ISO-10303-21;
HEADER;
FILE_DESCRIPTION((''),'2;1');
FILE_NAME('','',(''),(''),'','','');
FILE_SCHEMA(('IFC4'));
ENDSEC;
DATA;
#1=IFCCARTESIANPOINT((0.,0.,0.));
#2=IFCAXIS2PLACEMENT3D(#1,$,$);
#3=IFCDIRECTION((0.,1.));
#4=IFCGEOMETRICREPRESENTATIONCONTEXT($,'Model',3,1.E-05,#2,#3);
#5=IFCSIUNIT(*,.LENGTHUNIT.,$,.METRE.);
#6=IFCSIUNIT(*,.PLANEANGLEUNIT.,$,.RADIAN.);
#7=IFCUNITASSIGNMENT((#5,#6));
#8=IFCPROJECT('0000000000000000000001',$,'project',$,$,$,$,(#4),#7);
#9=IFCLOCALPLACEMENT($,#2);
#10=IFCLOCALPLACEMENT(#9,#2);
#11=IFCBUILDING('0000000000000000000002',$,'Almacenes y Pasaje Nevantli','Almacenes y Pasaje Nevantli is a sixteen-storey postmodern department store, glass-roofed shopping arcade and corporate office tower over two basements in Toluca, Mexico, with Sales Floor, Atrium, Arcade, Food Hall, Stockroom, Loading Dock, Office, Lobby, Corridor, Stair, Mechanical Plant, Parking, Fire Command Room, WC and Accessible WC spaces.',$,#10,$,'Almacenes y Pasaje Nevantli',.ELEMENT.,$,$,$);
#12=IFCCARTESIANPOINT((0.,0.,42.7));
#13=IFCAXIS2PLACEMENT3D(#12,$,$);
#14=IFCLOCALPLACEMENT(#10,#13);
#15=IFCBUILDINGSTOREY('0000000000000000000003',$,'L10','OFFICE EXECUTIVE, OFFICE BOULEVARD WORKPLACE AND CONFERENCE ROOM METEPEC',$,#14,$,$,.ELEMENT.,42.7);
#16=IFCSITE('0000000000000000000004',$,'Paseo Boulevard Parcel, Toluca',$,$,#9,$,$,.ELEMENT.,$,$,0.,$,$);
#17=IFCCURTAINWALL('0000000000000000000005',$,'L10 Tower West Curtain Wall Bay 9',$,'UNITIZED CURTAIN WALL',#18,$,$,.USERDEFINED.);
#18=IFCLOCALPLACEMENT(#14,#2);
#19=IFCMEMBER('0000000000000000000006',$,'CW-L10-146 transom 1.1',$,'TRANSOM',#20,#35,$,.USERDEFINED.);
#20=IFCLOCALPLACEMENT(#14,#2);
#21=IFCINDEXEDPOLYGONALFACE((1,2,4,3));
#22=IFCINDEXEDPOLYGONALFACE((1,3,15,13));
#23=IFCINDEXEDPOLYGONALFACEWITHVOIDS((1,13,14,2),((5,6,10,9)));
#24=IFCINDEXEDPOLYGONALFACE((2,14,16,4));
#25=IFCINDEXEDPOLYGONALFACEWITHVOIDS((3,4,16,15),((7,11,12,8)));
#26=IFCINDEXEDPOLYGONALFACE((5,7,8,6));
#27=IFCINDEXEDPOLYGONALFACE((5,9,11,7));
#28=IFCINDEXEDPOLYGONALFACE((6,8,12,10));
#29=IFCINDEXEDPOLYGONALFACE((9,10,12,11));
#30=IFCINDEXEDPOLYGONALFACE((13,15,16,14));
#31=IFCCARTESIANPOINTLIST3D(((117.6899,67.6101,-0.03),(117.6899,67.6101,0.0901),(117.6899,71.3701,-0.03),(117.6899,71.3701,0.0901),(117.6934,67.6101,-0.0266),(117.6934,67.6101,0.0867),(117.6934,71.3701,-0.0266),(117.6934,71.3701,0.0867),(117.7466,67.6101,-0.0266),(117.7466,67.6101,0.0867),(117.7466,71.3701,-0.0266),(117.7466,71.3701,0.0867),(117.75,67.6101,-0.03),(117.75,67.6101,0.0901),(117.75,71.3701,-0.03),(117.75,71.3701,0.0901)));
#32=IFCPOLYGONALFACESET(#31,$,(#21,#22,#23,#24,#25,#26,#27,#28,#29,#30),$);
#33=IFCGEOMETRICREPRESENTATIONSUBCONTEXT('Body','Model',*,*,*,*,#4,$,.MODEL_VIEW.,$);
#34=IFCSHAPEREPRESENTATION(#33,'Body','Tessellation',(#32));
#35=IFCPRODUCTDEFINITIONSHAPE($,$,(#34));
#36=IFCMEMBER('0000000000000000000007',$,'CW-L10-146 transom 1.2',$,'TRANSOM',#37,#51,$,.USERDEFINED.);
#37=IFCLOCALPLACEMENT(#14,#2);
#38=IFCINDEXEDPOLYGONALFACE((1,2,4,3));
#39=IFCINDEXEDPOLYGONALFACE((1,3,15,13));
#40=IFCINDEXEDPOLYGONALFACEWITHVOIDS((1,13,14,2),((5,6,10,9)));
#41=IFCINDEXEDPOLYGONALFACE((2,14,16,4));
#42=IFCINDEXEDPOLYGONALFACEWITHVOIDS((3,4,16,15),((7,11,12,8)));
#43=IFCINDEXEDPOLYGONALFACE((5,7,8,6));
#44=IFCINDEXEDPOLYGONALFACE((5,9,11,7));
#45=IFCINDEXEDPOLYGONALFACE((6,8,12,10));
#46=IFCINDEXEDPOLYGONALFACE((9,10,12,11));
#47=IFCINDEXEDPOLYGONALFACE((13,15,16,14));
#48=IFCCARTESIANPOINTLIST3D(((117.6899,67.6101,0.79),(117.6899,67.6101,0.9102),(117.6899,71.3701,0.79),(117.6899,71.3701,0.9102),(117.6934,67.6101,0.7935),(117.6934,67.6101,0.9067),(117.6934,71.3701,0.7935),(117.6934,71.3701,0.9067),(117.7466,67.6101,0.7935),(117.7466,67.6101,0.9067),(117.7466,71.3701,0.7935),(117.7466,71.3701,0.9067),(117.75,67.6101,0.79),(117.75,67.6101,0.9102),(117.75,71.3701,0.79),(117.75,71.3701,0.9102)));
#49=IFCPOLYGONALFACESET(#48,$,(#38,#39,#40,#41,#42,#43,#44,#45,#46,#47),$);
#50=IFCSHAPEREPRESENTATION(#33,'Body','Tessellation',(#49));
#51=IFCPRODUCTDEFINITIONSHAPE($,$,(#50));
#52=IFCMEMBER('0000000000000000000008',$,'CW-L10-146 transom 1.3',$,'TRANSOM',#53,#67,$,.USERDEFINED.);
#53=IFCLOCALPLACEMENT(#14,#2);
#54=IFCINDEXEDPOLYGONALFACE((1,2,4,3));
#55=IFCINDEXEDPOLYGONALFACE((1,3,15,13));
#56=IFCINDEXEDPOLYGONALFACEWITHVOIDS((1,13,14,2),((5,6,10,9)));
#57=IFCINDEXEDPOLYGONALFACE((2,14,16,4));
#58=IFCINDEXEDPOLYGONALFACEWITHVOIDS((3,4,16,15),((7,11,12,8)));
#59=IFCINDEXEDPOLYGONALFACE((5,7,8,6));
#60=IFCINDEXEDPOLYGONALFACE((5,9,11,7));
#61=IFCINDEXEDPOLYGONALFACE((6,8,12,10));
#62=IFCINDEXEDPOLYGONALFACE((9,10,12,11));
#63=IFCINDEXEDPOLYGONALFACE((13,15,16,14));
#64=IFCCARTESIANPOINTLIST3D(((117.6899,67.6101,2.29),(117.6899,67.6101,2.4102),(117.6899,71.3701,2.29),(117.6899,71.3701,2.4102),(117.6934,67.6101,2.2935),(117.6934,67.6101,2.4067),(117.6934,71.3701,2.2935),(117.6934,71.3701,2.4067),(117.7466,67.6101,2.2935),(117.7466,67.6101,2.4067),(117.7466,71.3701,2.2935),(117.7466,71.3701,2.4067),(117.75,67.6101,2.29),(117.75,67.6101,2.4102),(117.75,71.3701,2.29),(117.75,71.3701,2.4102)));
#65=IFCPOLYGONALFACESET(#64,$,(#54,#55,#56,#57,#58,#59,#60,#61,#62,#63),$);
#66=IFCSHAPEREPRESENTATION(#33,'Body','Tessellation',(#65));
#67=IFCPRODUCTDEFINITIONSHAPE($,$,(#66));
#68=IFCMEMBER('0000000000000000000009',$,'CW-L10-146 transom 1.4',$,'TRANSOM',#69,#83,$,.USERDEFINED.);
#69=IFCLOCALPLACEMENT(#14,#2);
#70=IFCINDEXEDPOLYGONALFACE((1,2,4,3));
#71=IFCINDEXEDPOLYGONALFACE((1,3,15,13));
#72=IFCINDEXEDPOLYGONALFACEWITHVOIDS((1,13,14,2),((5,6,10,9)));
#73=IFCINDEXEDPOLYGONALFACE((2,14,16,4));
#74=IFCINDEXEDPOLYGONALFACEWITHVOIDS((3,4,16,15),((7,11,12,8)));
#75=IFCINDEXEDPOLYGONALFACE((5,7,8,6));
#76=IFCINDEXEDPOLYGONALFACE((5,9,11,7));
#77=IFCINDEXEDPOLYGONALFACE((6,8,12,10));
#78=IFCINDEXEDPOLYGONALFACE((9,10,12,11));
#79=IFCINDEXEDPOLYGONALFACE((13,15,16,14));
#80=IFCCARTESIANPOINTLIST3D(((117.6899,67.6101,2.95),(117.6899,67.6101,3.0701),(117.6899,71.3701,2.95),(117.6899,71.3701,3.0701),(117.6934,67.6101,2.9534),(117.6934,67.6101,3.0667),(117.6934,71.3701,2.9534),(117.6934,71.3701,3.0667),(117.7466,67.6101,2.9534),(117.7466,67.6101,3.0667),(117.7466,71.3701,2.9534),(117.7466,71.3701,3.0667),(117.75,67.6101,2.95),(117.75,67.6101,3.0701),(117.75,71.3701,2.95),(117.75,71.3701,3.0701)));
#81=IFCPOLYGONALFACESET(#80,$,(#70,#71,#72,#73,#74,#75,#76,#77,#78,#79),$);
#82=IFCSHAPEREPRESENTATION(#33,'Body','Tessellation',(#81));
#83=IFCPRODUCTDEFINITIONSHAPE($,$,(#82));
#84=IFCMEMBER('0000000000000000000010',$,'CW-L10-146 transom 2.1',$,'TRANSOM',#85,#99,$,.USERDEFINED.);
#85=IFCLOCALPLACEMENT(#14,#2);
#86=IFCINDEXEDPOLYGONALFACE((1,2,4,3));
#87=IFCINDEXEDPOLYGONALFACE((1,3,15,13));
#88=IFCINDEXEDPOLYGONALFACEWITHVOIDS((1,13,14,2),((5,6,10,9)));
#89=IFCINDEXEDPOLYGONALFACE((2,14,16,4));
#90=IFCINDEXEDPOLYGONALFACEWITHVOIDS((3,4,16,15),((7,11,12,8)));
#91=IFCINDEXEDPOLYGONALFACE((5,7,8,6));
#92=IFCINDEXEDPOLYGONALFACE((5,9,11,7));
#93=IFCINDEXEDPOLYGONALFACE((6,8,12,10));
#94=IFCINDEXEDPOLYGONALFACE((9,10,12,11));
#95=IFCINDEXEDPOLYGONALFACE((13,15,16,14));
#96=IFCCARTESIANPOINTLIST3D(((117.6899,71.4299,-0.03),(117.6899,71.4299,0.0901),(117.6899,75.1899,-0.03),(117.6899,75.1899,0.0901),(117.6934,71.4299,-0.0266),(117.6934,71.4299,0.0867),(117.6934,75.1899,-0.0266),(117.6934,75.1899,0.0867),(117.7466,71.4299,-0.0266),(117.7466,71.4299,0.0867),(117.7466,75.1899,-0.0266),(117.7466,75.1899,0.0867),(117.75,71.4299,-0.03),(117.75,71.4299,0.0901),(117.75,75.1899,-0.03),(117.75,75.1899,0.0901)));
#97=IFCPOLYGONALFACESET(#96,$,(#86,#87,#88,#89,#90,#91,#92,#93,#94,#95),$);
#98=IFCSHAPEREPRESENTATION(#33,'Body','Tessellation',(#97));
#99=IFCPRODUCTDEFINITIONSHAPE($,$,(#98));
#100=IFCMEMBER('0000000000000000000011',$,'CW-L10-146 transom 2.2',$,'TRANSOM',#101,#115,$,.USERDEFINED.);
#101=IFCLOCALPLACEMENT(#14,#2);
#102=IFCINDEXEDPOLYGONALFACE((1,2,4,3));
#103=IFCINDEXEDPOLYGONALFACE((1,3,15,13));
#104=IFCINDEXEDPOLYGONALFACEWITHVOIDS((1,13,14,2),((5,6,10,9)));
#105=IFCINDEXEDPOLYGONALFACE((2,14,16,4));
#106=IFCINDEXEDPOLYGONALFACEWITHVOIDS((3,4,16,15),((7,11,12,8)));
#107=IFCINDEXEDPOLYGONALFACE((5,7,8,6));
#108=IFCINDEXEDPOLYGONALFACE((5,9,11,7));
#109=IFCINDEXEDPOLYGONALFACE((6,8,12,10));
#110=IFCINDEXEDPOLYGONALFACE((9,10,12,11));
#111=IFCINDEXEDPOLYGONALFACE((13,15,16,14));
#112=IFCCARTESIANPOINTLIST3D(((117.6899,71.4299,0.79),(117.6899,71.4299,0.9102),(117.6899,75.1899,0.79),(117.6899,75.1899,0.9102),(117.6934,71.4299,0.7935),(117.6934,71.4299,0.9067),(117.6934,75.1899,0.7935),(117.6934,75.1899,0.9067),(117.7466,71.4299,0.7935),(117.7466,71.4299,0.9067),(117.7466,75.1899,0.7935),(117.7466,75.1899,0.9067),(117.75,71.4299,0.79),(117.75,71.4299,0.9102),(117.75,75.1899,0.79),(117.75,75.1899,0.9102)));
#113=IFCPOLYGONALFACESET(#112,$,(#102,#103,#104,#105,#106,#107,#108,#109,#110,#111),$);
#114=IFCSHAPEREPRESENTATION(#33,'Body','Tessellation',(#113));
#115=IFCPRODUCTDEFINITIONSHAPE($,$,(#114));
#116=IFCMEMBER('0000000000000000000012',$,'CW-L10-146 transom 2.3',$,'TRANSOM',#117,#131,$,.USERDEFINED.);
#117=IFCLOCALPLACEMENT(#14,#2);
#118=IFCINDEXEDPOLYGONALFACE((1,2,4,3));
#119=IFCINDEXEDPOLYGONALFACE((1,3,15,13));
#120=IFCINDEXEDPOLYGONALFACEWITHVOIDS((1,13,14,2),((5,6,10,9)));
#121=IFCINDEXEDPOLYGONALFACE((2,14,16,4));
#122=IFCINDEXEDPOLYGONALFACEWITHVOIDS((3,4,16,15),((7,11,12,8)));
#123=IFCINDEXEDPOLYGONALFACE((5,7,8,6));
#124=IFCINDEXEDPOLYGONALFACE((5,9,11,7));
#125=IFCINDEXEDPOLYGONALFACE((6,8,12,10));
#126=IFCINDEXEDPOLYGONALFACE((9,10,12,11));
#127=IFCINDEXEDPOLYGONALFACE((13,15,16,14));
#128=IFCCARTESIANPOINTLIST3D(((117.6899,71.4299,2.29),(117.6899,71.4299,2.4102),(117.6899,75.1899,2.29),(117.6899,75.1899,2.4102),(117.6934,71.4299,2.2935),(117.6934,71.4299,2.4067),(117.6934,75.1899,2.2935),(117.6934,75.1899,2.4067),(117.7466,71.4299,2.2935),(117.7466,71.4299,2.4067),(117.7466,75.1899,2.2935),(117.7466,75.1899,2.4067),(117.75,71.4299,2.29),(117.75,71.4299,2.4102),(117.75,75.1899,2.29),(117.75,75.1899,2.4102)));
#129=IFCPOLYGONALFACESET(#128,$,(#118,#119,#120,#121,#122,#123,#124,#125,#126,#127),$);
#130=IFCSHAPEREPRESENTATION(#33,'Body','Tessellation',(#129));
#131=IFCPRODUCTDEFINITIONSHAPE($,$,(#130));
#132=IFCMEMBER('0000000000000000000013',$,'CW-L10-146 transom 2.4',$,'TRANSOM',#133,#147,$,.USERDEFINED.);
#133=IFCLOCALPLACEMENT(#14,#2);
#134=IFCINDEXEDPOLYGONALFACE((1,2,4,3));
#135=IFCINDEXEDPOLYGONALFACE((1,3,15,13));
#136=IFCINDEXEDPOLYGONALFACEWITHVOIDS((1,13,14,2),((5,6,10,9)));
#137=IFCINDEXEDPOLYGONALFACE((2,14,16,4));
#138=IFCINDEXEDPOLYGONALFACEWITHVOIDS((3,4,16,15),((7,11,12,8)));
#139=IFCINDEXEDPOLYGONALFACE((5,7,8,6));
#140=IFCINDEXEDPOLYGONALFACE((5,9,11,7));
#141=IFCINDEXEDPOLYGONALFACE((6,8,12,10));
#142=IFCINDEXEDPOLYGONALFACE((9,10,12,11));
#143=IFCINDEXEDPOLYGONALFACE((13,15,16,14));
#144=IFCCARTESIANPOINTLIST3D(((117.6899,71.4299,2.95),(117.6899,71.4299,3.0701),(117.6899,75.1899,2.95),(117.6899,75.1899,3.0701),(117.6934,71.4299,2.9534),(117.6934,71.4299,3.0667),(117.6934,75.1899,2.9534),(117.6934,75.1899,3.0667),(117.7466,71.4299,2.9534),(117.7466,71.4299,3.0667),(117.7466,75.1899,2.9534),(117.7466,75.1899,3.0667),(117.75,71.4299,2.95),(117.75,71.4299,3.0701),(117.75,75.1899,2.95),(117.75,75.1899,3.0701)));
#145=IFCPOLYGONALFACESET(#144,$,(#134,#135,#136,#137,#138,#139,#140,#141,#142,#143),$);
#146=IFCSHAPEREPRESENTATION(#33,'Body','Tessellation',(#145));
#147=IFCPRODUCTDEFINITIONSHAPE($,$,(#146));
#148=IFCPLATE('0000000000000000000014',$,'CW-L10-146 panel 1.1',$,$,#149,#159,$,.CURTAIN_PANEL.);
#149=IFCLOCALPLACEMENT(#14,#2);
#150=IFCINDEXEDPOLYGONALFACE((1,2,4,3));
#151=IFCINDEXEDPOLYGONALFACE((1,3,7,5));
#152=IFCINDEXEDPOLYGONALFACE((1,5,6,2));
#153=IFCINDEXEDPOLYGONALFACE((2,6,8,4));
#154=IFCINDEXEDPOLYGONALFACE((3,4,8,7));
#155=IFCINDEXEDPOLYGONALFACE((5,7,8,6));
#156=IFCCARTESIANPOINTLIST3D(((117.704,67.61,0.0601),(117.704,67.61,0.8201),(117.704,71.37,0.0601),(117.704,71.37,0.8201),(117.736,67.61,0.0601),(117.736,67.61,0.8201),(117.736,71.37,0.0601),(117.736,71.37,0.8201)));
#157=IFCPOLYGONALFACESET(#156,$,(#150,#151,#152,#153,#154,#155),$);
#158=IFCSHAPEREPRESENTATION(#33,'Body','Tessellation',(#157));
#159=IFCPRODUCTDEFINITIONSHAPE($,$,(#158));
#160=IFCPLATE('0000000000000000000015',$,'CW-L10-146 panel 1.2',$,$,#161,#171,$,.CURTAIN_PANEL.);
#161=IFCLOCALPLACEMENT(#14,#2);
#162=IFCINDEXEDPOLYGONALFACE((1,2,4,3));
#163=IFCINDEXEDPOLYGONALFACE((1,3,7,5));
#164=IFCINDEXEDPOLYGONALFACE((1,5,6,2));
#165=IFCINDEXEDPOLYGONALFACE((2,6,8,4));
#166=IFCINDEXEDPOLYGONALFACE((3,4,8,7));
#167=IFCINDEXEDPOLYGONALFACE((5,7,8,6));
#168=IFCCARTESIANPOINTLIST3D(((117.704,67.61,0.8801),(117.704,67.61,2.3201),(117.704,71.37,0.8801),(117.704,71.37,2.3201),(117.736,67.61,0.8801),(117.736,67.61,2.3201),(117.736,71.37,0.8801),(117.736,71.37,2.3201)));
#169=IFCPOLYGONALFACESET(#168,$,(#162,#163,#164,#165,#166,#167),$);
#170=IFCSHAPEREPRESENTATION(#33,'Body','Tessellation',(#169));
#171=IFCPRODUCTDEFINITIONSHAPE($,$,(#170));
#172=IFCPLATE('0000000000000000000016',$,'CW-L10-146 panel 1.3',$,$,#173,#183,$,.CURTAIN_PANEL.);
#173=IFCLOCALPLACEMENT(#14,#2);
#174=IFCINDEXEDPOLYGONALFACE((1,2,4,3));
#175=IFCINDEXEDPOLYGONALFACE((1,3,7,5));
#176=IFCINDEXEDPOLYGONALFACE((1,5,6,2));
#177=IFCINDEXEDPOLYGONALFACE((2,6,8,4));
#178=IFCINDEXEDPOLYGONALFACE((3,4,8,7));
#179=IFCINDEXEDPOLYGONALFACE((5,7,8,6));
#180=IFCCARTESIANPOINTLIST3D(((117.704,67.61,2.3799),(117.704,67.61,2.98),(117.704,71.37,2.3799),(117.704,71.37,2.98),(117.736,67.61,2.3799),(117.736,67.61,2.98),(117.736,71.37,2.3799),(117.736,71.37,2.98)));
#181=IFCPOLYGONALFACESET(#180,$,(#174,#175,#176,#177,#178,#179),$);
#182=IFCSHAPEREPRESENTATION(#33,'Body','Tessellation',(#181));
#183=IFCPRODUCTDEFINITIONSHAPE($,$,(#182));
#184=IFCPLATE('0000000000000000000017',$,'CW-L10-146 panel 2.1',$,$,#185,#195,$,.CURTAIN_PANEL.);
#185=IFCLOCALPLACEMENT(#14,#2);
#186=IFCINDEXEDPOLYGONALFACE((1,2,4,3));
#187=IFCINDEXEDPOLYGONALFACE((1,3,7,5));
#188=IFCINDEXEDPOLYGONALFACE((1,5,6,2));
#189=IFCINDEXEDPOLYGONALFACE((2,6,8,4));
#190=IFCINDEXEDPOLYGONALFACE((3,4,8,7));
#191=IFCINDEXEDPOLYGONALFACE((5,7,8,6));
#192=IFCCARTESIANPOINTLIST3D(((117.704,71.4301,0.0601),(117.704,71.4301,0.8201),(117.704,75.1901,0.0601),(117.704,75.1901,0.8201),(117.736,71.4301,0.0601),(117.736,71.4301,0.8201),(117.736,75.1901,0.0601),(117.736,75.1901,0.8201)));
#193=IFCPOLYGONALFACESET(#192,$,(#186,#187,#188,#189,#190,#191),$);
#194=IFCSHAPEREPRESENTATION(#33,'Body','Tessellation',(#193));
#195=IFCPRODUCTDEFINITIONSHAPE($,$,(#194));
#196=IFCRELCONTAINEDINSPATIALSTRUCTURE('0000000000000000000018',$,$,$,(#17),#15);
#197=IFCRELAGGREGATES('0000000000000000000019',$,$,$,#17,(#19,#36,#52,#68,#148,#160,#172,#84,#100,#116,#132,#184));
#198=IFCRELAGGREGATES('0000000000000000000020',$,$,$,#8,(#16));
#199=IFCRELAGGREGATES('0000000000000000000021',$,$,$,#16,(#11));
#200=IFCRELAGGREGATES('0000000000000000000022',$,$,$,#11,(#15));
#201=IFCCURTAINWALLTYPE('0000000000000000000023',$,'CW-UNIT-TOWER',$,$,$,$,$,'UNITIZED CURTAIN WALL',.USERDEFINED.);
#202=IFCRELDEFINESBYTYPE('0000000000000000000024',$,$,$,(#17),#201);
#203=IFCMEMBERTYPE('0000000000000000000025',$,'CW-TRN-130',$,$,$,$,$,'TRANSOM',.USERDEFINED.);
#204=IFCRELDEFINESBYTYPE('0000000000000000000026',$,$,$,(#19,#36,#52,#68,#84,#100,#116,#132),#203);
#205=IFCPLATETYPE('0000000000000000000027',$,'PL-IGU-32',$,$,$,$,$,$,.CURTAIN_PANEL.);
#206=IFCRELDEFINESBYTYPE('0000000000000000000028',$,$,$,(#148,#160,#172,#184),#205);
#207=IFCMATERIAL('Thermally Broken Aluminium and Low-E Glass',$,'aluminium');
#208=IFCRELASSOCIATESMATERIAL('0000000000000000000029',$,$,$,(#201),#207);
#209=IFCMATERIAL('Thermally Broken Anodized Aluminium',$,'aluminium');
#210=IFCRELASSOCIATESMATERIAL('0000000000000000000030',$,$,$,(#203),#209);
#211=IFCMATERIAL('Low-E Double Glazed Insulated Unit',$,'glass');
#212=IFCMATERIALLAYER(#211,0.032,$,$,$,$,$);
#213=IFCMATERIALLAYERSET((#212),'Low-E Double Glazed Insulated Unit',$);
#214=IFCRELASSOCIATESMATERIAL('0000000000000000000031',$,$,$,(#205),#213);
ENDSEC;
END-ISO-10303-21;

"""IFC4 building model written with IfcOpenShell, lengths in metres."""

from ifc_helpers import new_model, si_unit, direction, frame, origin, origin_2d, place, context, subcontext, project, spatial, rectangle, hollow_rectangle, extrude, material, layer, layer_set, material_profile, profile_set, type_object, element, aggregate, save


model = new_model("IFC4")

# Units and contexts
model_context = context("Model", 3, precision=1e-05, world=origin(), true_north=direction((0.0, 1.0)))
body_context = subcontext(model_context, "Body", "Model", "MODEL_VIEW")
ifc_project = project(units=[si_unit("LENGTHUNIT", "METRE"), si_unit("PLANEANGLEUNIT", "RADIAN")], contexts=[model_context])

# Site, building, storey
site_placement = place(None, origin())
site = spatial("IfcSite", under=ifc_project, at=site_placement, Name="Paseo Boulevard Parcel, Toluca", CompositionType="ELEMENT", RefElevation=0.0)
building_placement = place(site_placement, origin())
building = spatial("IfcBuilding", under=site, at=building_placement, Name="Almacenes y Pasaje Nevantli", Description="Almacenes y Pasaje Nevantli is a sixteen-storey postmodern department store, glass-roofed shopping arcade and corporate office tower over two basements in Toluca, Mexico, with Sales Floor, Atrium, Arcade, Food Hall, Stockroom, Loading Dock, Office, Lobby, Corridor, Stair, Mechanical Plant, Parking, Fire Command Room, WC and Accessible WC spaces.", LongName="Almacenes y Pasaje Nevantli", CompositionType="ELEMENT")
storey_placement = place(building_placement, frame((0.0, 0.0, 42.7)))
storey = spatial("IfcBuildingStorey", under=building, at=storey_placement, Name="L10", Description="OFFICE EXECUTIVE, OFFICE BOULEVARD WORKPLACE AND CONFERENCE ROOM METEPEC", CompositionType="ELEMENT", Elevation=42.7)

# Curtain wall
ifc_material_1 = material(Name="Thermally Broken Aluminium and Low-E Glass", Category="aluminium")
curtain_wall_type = type_object("IfcCurtainWallType", Name="CW-UNIT-TOWER", ElementType="UNITIZED CURTAIN WALL", PredefinedType="USERDEFINED", material=ifc_material_1)
curtain_wall_1_placement = place(storey_placement, origin())
curtain_wall_1 = element("IfcCurtainWall", 1, at=curtain_wall_1_placement, inside=storey, type_object=curtain_wall_type, Name="L10 Tower West Curtain Wall Bay 9", ObjectType="UNITIZED CURTAIN WALL", PredefinedType="USERDEFINED")

# Members
ifc_material_2 = material(Name="Thermally Broken Anodized Aluminium", Category="aluminium")
ifc_material_profile_1 = material_profile(ifc_material_2, hollow_rectangle(XDim=0.0601, YDim=0.1201, WallThickness=0.0034, at=origin_2d()), Name="ALU-TRN-60x120")
ifc_profile_set_1 = profile_set([ifc_material_profile_1], Name="Thermally Broken Anodized Aluminium")
member_type_1 = type_object("IfcMemberType", Name="CW-TRN-130", ElementType="TRANSOM", PredefinedType="USERDEFINED", material=ifc_profile_set_1)
member_1_placement = place(storey_placement, frame((117.72, 67.6101, 0.03), z_axis=(0.0, 1.0, 0.0), x_axis=(-1.0, 0.0, 0.0)))
member_1 = element("IfcMember", 2, at=member_1_placement, type_object=member_type_1, Name="CW-L10-146 transom 1.1", ObjectType="TRANSOM", PredefinedType="USERDEFINED", context=body_context, shape_type="SweptSolid", body=[
    extrude(hollow_rectangle(XDim=0.0601, YDim=0.1201, WallThickness=0.0034, at=origin_2d()), origin(), (0.0, 0.0, 1.0), 3.76),
])
member_2_placement = place(storey_placement, frame((117.72, 67.6101, 0.8501), z_axis=(0.0, 1.0, 0.0), x_axis=(-1.0, 0.0, 0.0)))
member_2 = element("IfcMember", 3, at=member_2_placement, type_object=member_type_1, Name="CW-L10-146 transom 1.2", ObjectType="TRANSOM", PredefinedType="USERDEFINED", context=body_context, shape_type="SweptSolid", body=[
    extrude(hollow_rectangle(XDim=0.0601, YDim=0.1201, WallThickness=0.0034, at=origin_2d()), origin(), (0.0, 0.0, 1.0), 3.76),
])
member_3_placement = place(storey_placement, frame((117.72, 67.6101, 2.3501), z_axis=(0.0, 1.0, 0.0), x_axis=(-1.0, 0.0, 0.0)))
member_3 = element("IfcMember", 4, at=member_3_placement, type_object=member_type_1, Name="CW-L10-146 transom 1.3", ObjectType="TRANSOM", PredefinedType="USERDEFINED", context=body_context, shape_type="SweptSolid", body=[
    extrude(hollow_rectangle(XDim=0.0601, YDim=0.1201, WallThickness=0.0034, at=origin_2d()), origin(), (0.0, 0.0, 1.0), 3.76),
])
member_4_placement = place(storey_placement, frame((117.72, 67.6101, 3.01), z_axis=(0.0, 1.0, 0.0), x_axis=(-1.0, 0.0, 0.0)))
member_4 = element("IfcMember", 5, at=member_4_placement, type_object=member_type_1, Name="CW-L10-146 transom 1.4", ObjectType="TRANSOM", PredefinedType="USERDEFINED", context=body_context, shape_type="SweptSolid", body=[
    extrude(hollow_rectangle(XDim=0.0601, YDim=0.1201, WallThickness=0.0034, at=origin_2d()), origin(), (0.0, 0.0, 1.0), 3.76),
])
member_5_placement = place(storey_placement, frame((117.72, 71.4299, 0.03), z_axis=(0.0, 1.0, 0.0), x_axis=(-1.0, 0.0, 0.0)))
member_5 = element("IfcMember", 6, at=member_5_placement, type_object=member_type_1, Name="CW-L10-146 transom 2.1", ObjectType="TRANSOM", PredefinedType="USERDEFINED", context=body_context, shape_type="SweptSolid", body=[
    extrude(hollow_rectangle(XDim=0.0601, YDim=0.1201, WallThickness=0.0034, at=origin_2d()), origin(), (0.0, 0.0, 1.0), 3.76),
])
member_6_placement = place(storey_placement, frame((117.72, 71.4299, 0.8501), z_axis=(0.0, 1.0, 0.0), x_axis=(-1.0, 0.0, 0.0)))
member_6 = element("IfcMember", 7, at=member_6_placement, type_object=member_type_1, Name="CW-L10-146 transom 2.2", ObjectType="TRANSOM", PredefinedType="USERDEFINED", context=body_context, shape_type="SweptSolid", body=[
    extrude(hollow_rectangle(XDim=0.0601, YDim=0.1201, WallThickness=0.0034, at=origin_2d()), origin(), (0.0, 0.0, 1.0), 3.76),
])
member_7_placement = place(storey_placement, frame((117.72, 71.4299, 2.3501), z_axis=(0.0, 1.0, 0.0), x_axis=(-1.0, 0.0, 0.0)))
member_7 = element("IfcMember", 8, at=member_7_placement, type_object=member_type_1, Name="CW-L10-146 transom 2.3", ObjectType="TRANSOM", PredefinedType="USERDEFINED", context=body_context, shape_type="SweptSolid", body=[
    extrude(hollow_rectangle(XDim=0.0601, YDim=0.1201, WallThickness=0.0034, at=origin_2d()), origin(), (0.0, 0.0, 1.0), 3.76),
])
member_8_placement = place(storey_placement, frame((117.72, 71.4299, 3.01), z_axis=(0.0, 1.0, 0.0), x_axis=(-1.0, 0.0, 0.0)))
member_8 = element("IfcMember", 9, at=member_8_placement, type_object=member_type_1, Name="CW-L10-146 transom 2.4", ObjectType="TRANSOM", PredefinedType="USERDEFINED", context=body_context, shape_type="SweptSolid", body=[
    extrude(hollow_rectangle(XDim=0.0601, YDim=0.1201, WallThickness=0.0034, at=origin_2d()), origin(), (0.0, 0.0, 1.0), 3.76),
])

# Plates
ifc_material_3 = material(Name="Low-E Double Glazed Insulated Unit", Category="glass")
ifc_layer = layer(ifc_material_3, 0.032)
ifc_layer_set = layer_set([ifc_layer], Name="Low-E Double Glazed Insulated Unit")
plate_type = type_object("IfcPlateType", Name="PL-IGU-32", PredefinedType="CURTAIN_PANEL", material=ifc_layer_set)
plate_1_placement = place(storey_placement, frame((117.72, 69.49, 0.0601), z_axis=(0.0, 0.0, 1.0), x_axis=(0.0, 1.0, 0.0)))
plate_1 = element("IfcPlate", 10, at=plate_1_placement, type_object=plate_type, Name="CW-L10-146 panel 1.1", PredefinedType="CURTAIN_PANEL", context=body_context, shape_type="SweptSolid", body=[
    extrude(rectangle(XDim=3.76, YDim=0.032, at=origin_2d()), origin(), (0.0, 0.0, 1.0), 0.76),
])
plate_2_placement = place(storey_placement, frame((117.72, 69.49, 0.8801), z_axis=(0.0, 0.0, 1.0), x_axis=(0.0, 1.0, 0.0)))
plate_2 = element("IfcPlate", 11, at=plate_2_placement, type_object=plate_type, Name="CW-L10-146 panel 1.2", PredefinedType="CURTAIN_PANEL", context=body_context, shape_type="SweptSolid", body=[
    extrude(rectangle(XDim=3.76, YDim=0.032, at=origin_2d()), origin(), (0.0, 0.0, 1.0), 1.4399),
])
plate_3_placement = place(storey_placement, frame((117.72, 69.49, 2.3799), z_axis=(0.0, 0.0, 1.0), x_axis=(0.0, 1.0, 0.0)))
plate_3 = element("IfcPlate", 12, at=plate_3_placement, type_object=plate_type, Name="CW-L10-146 panel 1.3", PredefinedType="CURTAIN_PANEL", context=body_context, shape_type="SweptSolid", body=[
    extrude(rectangle(XDim=3.76, YDim=0.032, at=origin_2d()), origin(), (0.0, 0.0, 1.0), 0.6001),
])
plate_4_placement = place(storey_placement, frame((117.72, 73.3101, 0.0601), z_axis=(0.0, 0.0, 1.0), x_axis=(0.0, 1.0, 0.0)))
plate_4 = element("IfcPlate", 13, at=plate_4_placement, type_object=plate_type, Name="CW-L10-146 panel 2.1", PredefinedType="CURTAIN_PANEL", context=body_context, shape_type="SweptSolid", body=[
    extrude(rectangle(XDim=3.76, YDim=0.032, at=origin_2d()), origin(), (0.0, 0.0, 1.0), 0.76),
])
aggregate(curtain_wall_1, [member_1, member_2, member_3, member_4, plate_1, plate_2, plate_3, member_5, member_6, member_7, member_8, plate_4])

save(model, "model.ifc")
